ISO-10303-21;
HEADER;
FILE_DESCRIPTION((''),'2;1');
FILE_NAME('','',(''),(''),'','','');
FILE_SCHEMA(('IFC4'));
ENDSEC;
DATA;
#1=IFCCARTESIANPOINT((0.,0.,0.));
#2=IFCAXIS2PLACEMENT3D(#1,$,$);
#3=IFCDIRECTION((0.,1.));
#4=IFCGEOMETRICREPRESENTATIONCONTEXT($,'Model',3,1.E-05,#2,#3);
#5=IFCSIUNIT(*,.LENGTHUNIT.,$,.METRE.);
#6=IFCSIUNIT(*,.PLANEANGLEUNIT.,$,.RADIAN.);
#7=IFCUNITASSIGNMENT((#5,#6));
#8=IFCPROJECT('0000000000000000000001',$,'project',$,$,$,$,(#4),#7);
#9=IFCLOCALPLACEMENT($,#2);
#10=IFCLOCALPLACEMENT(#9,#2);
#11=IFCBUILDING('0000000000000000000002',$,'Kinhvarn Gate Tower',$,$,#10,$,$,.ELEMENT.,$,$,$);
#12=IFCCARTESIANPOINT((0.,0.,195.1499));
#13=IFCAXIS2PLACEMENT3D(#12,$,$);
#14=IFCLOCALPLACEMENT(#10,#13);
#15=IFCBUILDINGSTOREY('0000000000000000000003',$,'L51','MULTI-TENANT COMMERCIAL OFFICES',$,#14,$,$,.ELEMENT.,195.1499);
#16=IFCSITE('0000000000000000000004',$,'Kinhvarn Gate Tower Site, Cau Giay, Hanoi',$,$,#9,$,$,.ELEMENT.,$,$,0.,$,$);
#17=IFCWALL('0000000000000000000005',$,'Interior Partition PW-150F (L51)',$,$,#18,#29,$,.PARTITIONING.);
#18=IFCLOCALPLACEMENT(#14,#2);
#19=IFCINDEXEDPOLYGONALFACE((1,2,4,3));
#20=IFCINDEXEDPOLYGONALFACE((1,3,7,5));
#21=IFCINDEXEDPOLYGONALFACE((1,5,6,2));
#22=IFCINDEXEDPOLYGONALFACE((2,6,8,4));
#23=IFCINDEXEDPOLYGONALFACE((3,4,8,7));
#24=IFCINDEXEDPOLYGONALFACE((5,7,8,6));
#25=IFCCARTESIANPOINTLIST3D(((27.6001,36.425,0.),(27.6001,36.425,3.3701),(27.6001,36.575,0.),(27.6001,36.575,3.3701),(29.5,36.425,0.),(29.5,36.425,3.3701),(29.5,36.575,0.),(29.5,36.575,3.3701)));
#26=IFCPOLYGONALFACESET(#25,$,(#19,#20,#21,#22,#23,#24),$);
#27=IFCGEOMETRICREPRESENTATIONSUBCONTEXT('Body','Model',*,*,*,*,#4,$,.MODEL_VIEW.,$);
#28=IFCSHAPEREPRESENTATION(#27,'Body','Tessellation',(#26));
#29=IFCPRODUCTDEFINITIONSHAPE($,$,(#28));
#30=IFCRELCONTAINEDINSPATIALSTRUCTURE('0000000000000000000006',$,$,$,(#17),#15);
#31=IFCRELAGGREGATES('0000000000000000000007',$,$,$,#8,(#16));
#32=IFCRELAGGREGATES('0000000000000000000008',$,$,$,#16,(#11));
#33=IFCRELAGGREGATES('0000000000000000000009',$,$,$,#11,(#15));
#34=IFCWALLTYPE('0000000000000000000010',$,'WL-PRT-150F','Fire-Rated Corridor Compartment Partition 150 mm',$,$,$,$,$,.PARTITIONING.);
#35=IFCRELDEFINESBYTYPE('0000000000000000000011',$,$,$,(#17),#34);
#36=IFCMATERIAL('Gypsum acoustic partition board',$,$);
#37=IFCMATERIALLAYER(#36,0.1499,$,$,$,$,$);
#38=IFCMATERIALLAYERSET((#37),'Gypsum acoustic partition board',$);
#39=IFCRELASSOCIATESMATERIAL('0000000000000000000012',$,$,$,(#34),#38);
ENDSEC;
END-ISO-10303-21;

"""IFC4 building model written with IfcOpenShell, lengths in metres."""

from ifc_helpers import new_model, si_unit, direction, frame, frame_2d, origin, place, context, subcontext, project, spatial, rectangle, extrude, material, layer, layer_set, type_object, element, save


model = new_model("IFC4")

# Units and contexts
model_context = context("Model", 3, precision=1e-05, world=origin(), true_north=direction((0.0, 1.0)))
body_context = subcontext(model_context, "Body", "Model", "MODEL_VIEW")
ifc_project = project(units=[si_unit("LENGTHUNIT", "METRE"), si_unit("PLANEANGLEUNIT", "RADIAN")], contexts=[model_context])

# Site, building, storey
site_placement = place(None, origin())
site = spatial("IfcSite", under=ifc_project, at=site_placement, Name="Kinhvarn Gate Tower Site, Cau Giay, Hanoi", CompositionType="ELEMENT", RefElevation=0.0)
building_placement = place(site_placement, origin())
building = spatial("IfcBuilding", under=site, at=building_placement, Name="Kinhvarn Gate Tower", CompositionType="ELEMENT")
storey_placement = place(building_placement, frame((0.0, 0.0, 195.1499)))
storey = spatial("IfcBuildingStorey", under=building, at=storey_placement, Name="L51", Description="MULTI-TENANT COMMERCIAL OFFICES", CompositionType="ELEMENT", Elevation=195.1499)

# Shared definitions
ifc_material_1 = material(Name="Gypsum acoustic partition board")

# Wall
ifc_layer_1 = layer(ifc_material_1, 0.1499)
ifc_layer_set_1 = layer_set([ifc_layer_1], Name="Gypsum acoustic partition board")
wall_type_1 = type_object("IfcWallType", Name="WL-PRT-150F", Description="Fire-Rated Corridor Compartment Partition 150 mm", PredefinedType="PARTITIONING", material=ifc_layer_set_1)
wall_1_placement = place(storey_placement, frame((27.6001, 36.5, 0.0), z_axis=(0.0, 0.0, 1.0), x_axis=(1.0, 0.0, 0.0)))
element("IfcWall", 1, at=wall_1_placement, inside=storey, type_object=wall_type_1, Name="Interior Partition PW-150F (L51)", PredefinedType="PARTITIONING", context=body_context, shape_type="SweptSolid", body=[
    extrude(rectangle(XDim=1.8999, YDim=0.1499, at=frame_2d((0.95, 0.0))), origin(), (0.0, 0.0, 1.0), 3.3701),
])

save(model, "model.ifc")
